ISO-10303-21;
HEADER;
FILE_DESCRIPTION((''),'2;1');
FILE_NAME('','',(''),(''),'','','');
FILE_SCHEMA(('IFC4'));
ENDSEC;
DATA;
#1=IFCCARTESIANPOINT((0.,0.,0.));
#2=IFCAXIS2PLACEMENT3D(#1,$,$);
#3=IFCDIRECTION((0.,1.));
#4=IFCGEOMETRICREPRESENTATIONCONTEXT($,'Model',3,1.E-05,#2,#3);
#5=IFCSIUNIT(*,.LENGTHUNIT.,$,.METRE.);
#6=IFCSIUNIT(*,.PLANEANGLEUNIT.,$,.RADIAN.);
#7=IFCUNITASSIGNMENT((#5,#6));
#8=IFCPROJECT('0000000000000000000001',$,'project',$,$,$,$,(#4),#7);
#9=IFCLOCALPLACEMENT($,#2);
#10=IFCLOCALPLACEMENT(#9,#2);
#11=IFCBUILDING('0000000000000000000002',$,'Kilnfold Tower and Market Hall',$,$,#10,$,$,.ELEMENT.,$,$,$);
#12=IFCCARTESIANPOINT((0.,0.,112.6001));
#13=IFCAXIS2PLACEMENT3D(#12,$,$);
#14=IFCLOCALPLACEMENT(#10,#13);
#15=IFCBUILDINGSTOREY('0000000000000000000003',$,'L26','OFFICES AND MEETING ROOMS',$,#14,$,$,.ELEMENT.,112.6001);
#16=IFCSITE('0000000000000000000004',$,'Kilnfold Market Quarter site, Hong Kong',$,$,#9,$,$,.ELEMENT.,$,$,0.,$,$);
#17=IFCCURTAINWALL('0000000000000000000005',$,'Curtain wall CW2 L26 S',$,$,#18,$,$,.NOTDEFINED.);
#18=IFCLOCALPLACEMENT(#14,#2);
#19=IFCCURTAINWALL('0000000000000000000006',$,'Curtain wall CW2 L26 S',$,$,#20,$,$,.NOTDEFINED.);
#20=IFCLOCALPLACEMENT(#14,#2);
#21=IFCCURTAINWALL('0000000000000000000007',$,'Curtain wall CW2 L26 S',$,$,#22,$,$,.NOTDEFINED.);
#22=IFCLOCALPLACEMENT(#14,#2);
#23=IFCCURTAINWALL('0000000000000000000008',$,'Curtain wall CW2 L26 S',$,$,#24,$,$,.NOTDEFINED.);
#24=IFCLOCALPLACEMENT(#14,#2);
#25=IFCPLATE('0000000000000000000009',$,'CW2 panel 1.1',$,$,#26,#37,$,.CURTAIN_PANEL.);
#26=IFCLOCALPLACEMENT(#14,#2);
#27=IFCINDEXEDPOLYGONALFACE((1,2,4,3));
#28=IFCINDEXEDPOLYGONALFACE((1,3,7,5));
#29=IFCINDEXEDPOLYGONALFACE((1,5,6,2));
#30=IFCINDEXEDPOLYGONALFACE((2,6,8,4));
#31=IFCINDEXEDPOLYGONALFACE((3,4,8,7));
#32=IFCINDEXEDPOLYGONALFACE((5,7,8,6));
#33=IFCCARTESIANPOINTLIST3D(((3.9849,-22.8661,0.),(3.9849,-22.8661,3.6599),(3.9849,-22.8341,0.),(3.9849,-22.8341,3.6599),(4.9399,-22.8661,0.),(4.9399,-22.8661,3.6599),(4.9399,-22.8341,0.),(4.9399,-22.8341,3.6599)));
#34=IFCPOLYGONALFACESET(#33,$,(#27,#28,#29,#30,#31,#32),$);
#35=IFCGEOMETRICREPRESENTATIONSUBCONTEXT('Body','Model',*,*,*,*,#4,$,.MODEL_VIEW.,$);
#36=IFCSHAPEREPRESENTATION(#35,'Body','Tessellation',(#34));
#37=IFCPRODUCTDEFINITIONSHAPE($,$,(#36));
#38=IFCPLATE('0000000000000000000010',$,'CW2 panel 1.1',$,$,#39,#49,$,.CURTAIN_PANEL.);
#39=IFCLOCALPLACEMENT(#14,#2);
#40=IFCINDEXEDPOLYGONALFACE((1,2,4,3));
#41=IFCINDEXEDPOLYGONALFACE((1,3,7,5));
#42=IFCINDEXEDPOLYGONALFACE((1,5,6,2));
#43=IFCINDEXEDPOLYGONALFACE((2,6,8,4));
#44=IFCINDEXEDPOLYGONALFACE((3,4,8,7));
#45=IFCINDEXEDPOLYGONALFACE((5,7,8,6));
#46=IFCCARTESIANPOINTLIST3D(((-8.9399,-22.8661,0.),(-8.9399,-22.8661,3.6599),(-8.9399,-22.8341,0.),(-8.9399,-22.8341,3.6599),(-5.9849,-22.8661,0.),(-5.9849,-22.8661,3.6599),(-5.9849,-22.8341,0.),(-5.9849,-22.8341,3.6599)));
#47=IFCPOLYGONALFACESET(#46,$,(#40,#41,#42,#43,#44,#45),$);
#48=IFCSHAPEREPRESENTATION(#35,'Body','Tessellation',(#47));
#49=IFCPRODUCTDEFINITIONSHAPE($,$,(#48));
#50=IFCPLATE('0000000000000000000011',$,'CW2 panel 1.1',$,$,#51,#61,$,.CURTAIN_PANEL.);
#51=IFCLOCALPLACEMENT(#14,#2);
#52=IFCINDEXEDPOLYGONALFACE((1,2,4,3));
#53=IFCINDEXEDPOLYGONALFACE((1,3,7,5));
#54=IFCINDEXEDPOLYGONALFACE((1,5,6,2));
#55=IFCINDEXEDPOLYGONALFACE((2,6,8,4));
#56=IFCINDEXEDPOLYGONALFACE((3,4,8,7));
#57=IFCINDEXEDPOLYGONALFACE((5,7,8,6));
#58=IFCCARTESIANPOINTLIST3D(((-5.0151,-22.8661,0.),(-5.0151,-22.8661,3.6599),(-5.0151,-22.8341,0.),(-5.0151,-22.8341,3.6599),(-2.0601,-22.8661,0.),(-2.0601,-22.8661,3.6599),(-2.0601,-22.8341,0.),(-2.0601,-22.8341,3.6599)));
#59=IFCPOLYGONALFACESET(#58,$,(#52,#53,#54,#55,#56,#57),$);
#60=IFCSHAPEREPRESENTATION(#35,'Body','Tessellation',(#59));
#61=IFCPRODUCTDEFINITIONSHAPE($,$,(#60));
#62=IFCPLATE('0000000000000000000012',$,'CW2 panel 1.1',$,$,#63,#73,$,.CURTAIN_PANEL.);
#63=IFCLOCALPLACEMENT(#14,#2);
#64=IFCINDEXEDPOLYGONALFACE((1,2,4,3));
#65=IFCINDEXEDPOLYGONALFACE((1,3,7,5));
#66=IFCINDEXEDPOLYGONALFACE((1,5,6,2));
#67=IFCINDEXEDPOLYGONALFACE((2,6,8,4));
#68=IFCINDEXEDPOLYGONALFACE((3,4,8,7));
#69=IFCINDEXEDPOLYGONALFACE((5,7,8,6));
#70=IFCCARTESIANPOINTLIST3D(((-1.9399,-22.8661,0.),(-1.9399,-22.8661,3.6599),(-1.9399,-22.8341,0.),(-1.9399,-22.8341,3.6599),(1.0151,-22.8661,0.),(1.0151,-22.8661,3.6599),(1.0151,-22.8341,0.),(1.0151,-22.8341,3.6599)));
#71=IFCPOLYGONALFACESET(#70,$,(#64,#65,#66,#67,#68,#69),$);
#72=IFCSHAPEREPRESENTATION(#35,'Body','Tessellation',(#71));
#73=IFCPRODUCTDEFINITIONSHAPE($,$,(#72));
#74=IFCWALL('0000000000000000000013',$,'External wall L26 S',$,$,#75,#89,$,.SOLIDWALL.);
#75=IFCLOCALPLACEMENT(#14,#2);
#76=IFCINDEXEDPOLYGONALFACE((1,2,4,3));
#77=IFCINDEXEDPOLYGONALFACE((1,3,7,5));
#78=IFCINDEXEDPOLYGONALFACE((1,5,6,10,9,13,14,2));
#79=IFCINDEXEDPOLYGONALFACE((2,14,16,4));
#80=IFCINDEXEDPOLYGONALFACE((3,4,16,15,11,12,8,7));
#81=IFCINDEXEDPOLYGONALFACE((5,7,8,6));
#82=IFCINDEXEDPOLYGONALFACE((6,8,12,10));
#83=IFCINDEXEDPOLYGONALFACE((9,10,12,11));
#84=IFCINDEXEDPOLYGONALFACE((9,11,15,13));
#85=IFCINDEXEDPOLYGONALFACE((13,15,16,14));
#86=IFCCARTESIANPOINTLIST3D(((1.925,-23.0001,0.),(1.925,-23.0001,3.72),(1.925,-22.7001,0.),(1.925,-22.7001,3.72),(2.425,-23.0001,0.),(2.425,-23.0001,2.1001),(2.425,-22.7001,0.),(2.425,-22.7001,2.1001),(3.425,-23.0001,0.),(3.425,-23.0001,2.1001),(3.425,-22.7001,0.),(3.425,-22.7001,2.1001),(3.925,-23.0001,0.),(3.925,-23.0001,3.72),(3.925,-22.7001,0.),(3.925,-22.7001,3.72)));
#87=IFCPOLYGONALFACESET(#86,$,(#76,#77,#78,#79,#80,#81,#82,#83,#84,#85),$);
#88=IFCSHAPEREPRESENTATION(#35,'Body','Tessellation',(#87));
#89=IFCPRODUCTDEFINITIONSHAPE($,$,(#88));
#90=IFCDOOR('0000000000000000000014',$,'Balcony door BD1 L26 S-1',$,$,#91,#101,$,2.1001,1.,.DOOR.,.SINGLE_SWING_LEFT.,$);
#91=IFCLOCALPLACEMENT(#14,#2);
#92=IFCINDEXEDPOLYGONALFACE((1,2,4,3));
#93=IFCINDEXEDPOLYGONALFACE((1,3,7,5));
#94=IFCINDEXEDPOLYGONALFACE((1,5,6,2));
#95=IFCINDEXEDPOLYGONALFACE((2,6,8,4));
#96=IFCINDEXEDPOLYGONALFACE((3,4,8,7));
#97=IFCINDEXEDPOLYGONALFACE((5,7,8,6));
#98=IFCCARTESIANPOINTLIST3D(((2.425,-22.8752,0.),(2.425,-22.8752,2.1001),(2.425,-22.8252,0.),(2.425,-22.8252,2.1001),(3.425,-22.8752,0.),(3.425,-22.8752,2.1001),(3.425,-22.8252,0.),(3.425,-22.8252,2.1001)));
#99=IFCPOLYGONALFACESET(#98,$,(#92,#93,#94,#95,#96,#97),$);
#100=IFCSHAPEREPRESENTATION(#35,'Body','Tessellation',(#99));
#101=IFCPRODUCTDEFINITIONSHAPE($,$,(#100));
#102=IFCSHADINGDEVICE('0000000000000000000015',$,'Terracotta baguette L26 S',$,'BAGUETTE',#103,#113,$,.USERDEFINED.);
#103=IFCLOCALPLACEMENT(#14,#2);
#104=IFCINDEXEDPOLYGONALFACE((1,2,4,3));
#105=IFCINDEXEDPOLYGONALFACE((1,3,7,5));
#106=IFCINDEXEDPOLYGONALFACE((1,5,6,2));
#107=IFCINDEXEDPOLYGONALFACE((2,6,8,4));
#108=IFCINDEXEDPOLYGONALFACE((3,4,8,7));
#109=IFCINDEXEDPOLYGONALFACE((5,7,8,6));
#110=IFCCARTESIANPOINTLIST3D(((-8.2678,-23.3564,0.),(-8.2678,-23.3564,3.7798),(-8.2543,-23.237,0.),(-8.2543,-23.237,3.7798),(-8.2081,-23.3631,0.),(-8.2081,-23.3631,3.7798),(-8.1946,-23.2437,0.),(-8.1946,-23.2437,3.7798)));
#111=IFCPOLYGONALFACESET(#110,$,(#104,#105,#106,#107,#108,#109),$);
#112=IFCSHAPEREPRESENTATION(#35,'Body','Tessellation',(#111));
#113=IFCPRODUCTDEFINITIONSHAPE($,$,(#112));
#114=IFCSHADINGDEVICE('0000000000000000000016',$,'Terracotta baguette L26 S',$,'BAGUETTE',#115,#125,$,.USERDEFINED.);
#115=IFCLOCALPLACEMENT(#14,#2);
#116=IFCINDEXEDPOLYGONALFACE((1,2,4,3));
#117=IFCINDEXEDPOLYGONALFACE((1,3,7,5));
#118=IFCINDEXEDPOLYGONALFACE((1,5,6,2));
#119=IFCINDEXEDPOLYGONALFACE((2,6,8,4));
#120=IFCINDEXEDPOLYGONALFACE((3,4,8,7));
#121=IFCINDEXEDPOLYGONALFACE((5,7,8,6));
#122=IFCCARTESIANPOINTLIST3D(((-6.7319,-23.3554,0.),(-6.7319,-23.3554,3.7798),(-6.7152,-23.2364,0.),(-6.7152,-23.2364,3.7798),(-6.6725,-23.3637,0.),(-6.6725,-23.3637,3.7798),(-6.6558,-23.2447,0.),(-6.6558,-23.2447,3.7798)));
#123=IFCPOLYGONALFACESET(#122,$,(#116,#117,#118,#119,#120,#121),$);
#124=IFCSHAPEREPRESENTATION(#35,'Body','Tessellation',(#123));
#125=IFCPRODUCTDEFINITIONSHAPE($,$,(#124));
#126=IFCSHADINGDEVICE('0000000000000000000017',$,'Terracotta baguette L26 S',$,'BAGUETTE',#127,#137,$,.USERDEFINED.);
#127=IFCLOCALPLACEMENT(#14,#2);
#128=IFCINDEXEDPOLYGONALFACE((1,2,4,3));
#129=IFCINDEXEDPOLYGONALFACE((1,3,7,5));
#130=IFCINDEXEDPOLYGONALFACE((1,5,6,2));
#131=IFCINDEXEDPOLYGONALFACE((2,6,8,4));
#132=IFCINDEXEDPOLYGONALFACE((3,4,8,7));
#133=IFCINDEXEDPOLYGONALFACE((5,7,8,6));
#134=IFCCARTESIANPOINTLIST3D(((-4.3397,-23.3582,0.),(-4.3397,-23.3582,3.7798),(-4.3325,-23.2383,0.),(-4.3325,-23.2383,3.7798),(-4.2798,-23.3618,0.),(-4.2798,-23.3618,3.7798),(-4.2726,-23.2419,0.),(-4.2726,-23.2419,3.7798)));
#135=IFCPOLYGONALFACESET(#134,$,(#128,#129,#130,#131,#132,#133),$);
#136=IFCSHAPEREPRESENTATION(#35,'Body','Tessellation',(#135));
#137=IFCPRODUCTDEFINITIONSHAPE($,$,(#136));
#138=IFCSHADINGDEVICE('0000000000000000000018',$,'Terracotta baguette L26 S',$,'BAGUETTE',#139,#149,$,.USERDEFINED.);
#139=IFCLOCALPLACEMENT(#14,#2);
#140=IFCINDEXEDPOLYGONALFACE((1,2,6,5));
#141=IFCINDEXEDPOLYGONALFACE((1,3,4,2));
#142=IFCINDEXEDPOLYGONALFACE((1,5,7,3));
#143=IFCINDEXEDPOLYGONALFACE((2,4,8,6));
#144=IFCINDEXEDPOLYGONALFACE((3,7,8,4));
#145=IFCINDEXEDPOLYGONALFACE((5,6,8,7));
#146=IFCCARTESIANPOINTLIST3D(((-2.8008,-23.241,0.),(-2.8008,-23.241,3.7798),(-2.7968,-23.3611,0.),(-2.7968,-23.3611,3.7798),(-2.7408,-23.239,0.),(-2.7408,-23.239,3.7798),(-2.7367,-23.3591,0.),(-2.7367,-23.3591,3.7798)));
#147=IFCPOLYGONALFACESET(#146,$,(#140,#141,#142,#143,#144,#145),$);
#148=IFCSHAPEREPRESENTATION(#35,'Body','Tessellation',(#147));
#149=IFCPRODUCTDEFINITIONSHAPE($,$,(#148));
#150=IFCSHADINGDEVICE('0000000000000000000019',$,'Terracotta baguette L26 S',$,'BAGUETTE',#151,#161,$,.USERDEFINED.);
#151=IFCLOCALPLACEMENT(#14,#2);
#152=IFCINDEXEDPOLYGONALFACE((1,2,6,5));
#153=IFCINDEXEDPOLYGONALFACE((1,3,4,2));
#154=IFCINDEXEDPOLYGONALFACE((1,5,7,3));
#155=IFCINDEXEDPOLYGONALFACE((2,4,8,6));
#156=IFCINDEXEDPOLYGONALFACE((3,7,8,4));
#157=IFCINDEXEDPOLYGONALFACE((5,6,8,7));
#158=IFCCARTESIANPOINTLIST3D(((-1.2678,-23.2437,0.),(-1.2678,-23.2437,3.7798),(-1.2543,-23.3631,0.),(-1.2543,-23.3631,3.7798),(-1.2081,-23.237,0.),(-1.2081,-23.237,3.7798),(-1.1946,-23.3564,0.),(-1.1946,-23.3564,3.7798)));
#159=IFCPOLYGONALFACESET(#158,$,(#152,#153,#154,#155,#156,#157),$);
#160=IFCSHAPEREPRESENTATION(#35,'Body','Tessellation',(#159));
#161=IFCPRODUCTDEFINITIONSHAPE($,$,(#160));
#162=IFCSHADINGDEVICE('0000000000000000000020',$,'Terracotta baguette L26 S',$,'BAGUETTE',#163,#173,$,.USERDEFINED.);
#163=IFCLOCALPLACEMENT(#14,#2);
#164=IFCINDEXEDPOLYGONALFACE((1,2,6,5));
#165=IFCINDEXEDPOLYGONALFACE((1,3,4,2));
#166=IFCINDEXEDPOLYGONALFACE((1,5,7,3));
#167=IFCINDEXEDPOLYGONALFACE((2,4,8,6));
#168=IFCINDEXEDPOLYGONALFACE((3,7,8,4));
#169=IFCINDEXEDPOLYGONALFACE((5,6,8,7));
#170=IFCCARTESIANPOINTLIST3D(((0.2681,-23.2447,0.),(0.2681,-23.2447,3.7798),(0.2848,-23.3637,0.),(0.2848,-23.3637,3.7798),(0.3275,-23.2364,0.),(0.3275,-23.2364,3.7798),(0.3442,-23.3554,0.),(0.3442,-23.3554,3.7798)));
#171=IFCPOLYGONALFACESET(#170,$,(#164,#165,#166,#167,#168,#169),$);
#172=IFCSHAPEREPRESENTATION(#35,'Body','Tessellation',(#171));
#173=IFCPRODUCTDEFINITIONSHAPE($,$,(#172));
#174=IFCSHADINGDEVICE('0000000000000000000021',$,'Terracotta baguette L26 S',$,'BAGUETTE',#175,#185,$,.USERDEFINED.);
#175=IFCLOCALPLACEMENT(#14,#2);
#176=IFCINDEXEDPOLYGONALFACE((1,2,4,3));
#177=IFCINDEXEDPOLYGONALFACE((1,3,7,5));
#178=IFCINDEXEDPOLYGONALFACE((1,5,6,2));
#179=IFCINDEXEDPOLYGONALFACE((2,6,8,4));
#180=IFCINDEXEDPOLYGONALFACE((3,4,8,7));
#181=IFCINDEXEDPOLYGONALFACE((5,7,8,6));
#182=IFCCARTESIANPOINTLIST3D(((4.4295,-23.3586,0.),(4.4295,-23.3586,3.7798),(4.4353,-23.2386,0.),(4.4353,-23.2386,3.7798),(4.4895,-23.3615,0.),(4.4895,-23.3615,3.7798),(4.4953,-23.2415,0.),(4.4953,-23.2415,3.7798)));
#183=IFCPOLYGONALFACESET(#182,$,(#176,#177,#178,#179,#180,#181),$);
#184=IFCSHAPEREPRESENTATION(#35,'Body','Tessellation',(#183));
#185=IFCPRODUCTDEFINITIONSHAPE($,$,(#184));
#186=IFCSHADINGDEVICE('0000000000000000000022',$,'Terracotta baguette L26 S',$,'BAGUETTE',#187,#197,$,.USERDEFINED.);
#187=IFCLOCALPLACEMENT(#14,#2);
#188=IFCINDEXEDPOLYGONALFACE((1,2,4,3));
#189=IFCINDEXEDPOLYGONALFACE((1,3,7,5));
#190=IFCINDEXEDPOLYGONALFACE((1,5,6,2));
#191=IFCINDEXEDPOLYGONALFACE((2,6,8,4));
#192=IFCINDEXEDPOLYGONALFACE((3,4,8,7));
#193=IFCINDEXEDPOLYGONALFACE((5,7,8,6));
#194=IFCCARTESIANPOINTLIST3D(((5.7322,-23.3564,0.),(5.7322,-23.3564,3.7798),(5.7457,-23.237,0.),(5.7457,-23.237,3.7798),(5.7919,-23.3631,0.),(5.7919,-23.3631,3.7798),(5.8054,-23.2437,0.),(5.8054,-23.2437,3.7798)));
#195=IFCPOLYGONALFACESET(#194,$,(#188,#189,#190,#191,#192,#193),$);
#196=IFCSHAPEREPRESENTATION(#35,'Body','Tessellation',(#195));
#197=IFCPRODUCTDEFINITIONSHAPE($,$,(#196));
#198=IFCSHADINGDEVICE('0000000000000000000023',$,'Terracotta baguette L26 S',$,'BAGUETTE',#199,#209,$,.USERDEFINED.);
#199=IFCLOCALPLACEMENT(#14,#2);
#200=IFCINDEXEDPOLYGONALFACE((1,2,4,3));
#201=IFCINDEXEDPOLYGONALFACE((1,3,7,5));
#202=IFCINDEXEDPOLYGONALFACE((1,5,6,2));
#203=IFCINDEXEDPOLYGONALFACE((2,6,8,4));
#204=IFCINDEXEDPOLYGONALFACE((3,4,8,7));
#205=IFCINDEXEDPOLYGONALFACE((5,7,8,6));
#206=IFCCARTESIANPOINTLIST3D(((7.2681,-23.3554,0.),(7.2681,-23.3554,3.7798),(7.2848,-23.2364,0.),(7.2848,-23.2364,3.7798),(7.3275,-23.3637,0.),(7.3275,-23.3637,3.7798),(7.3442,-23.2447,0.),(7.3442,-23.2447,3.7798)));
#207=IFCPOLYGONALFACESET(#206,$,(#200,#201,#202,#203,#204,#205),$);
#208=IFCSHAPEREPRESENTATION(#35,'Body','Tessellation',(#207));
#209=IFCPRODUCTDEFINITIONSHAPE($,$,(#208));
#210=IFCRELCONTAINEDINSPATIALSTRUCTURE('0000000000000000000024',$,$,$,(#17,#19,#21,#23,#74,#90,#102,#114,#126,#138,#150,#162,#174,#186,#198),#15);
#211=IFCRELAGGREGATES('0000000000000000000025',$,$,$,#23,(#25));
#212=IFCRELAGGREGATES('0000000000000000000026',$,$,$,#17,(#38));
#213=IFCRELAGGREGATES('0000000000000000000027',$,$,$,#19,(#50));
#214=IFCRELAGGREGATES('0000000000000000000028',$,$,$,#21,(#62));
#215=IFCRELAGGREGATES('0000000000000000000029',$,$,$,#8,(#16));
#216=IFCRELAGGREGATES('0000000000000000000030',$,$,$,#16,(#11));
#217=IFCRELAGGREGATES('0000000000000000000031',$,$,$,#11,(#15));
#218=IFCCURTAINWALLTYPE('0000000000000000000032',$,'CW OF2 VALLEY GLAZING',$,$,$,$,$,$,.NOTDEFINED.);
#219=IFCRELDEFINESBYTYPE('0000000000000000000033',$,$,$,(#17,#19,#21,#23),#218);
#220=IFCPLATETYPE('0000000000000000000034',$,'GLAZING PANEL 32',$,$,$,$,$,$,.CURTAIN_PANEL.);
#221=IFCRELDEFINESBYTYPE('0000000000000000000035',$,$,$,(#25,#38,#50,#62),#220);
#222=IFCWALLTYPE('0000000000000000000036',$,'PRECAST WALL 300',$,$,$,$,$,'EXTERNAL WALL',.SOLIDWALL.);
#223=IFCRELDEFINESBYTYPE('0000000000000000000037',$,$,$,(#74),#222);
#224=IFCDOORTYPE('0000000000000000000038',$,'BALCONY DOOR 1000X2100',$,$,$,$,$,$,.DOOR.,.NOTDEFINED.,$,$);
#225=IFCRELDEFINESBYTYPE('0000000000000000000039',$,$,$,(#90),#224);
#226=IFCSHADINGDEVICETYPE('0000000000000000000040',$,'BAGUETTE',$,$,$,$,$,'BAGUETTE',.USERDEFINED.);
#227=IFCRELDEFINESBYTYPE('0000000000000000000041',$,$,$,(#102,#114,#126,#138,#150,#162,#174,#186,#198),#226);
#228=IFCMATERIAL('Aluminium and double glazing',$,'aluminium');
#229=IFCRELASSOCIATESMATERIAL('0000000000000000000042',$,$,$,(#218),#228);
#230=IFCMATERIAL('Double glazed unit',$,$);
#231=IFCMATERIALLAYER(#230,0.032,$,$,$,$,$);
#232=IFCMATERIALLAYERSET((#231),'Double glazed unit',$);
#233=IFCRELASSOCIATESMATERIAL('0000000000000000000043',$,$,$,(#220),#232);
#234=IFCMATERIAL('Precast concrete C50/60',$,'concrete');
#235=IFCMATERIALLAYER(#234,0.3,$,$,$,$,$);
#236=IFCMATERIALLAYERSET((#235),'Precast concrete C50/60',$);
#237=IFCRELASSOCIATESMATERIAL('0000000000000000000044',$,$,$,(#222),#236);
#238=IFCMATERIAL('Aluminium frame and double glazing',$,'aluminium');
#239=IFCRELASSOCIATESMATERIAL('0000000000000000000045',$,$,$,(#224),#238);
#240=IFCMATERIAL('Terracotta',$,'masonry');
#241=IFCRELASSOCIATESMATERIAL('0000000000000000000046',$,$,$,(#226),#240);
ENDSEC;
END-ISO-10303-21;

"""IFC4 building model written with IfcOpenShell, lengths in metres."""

from ifc_helpers import new_model, si_unit, direction, frame, frame_2d, origin, origin_2d, place, context, subcontext, project, spatial, rectangle, extrude, source, transform, mapped, material, layer, layer_set, material_profile, profile_set, type_object, element, fill, aggregate, save


model = new_model("IFC4")

# Units and contexts
model_context = context("Model", 3, precision=1e-05, world=origin(), true_north=direction((0.0, 1.0)))
body_context = subcontext(model_context, "Body", "Model", "MODEL_VIEW")
ifc_project = project(units=[si_unit("LENGTHUNIT", "METRE"), si_unit("PLANEANGLEUNIT", "RADIAN")], contexts=[model_context])

# Site, building, storey
site_placement = place(None, origin())
site = spatial("IfcSite", under=ifc_project, at=site_placement, Name="Kilnfold Market Quarter site, Hong Kong", CompositionType="ELEMENT", RefElevation=0.0)
building_placement = place(site_placement, origin())
building = spatial("IfcBuilding", under=site, at=building_placement, Name="Kilnfold Tower and Market Hall", CompositionType="ELEMENT")
storey_placement = place(building_placement, frame((0.0, 0.0, 112.6001)))
storey = spatial("IfcBuildingStorey", under=building, at=storey_placement, Name="L26", Description="OFFICES AND MEETING ROOMS", CompositionType="ELEMENT", Elevation=112.6001)

# Shared definitions
ifc_material_1 = material(Name="Aluminium and double glazing", Category="aluminium")
curtain_wall_type = type_object("IfcCurtainWallType", Name="CW OF2 VALLEY GLAZING", PredefinedType="NOTDEFINED", material=ifc_material_1)

# Curtain walls
curtain_wall_1_placement = place(storey_placement, origin())
curtain_wall_1 = element("IfcCurtainWall", 1, at=curtain_wall_1_placement, inside=storey, type_object=curtain_wall_type, Name="Curtain wall CW2 L26 S", PredefinedType="NOTDEFINED")
curtain_wall_2_placement = place(storey_placement, origin())
curtain_wall_2 = element("IfcCurtainWall", 2, at=curtain_wall_2_placement, inside=storey, type_object=curtain_wall_type, Name="Curtain wall CW2 L26 S", PredefinedType="NOTDEFINED")
curtain_wall_3_placement = place(storey_placement, origin())
curtain_wall_3 = element("IfcCurtainWall", 3, at=curtain_wall_3_placement, inside=storey, type_object=curtain_wall_type, Name="Curtain wall CW2 L26 S", PredefinedType="NOTDEFINED")
curtain_wall_4_placement = place(storey_placement, origin())
curtain_wall_4 = element("IfcCurtainWall", 4, at=curtain_wall_4_placement, inside=storey, type_object=curtain_wall_type, Name="Curtain wall CW2 L26 S", PredefinedType="NOTDEFINED")

# Plates
ifc_material_2 = material(Name="Double glazed unit")
ifc_layer_1 = layer(ifc_material_2, 0.032)
ifc_layer_set_1 = layer_set([ifc_layer_1], Name="Double glazed unit")
plate_type = type_object("IfcPlateType", Name="GLAZING PANEL 32", PredefinedType="CURTAIN_PANEL", material=ifc_layer_set_1)
shared_shape_1 = source(origin(), body_context, "Body", "SweptSolid", [
    extrude(rectangle(XDim=0.9551, YDim=0.032, at=origin_2d()), origin(), (0.0, 0.0, 1.0), 3.6599),
])
plate_1_placement = place(storey_placement, frame((4.4624, -22.8501, 0.0), z_axis=(0.0, 0.0, 1.0), x_axis=(1.0, 0.0, 0.0)))
plate_1 = element("IfcPlate", 5, at=plate_1_placement, type_object=plate_type, Name="CW2 panel 1.1", PredefinedType="CURTAIN_PANEL", context=body_context, shape_type="MappedRepresentation", body=[
    mapped(shared_shape_1, transform((0.0, 0.0, 0.0))),
])
aggregate(curtain_wall_4, [plate_1])
shared_shape_2 = source(origin(), body_context, "Body", "SweptSolid", [
    extrude(rectangle(XDim=2.9551, YDim=0.032, at=origin_2d()), origin(), (0.0, 0.0, 1.0), 3.6599),
])
plate_2_placement = place(storey_placement, frame((-7.4624, -22.8501, 0.0), z_axis=(0.0, 0.0, 1.0), x_axis=(1.0, 0.0, 0.0)))
plate_2 = element("IfcPlate", 6, at=plate_2_placement, type_object=plate_type, Name="CW2 panel 1.1", PredefinedType="CURTAIN_PANEL", context=body_context, shape_type="MappedRepresentation", body=[
    mapped(shared_shape_2, transform((0.0, 0.0, 0.0))),
])
aggregate(curtain_wall_1, [plate_2])
plate_3_placement = place(storey_placement, frame((-3.5376, -22.8501, 0.0), z_axis=(0.0, 0.0, 1.0), x_axis=(1.0, 0.0, 0.0)))
plate_3 = element("IfcPlate", 7, at=plate_3_placement, type_object=plate_type, Name="CW2 panel 1.1", PredefinedType="CURTAIN_PANEL", context=body_context, shape_type="MappedRepresentation", body=[
    mapped(shared_shape_2, transform((0.0, 0.0, 0.0))),
])
aggregate(curtain_wall_2, [plate_3])
plate_4_placement = place(storey_placement, frame((-0.4624, -22.8501, 0.0), z_axis=(0.0, 0.0, 1.0), x_axis=(1.0, 0.0, 0.0)))
plate_4 = element("IfcPlate", 8, at=plate_4_placement, type_object=plate_type, Name="CW2 panel 1.1", PredefinedType="CURTAIN_PANEL", context=body_context, shape_type="MappedRepresentation", body=[
    mapped(shared_shape_2, transform((0.0, 0.0, 0.0))),
])
aggregate(curtain_wall_3, [plate_4])

# Wall, opening, door
ifc_material_3 = material(Name="Precast concrete C50/60", Category="concrete")
ifc_layer_2 = layer(ifc_material_3, 0.3)
ifc_layer_set_2 = layer_set([ifc_layer_2], Name="Precast concrete C50/60")
wall_type = type_object("IfcWallType", Name="PRECAST WALL 300", ElementType="EXTERNAL WALL", PredefinedType="SOLIDWALL", material=ifc_layer_set_2)
shared_shape_3 = source(origin(), body_context, "Body", "SweptSolid", [
    extrude(rectangle(XDim=2.0, YDim=0.3, at=frame_2d((1.0, 0.0))), origin(), (0.0, 0.0, 1.0), 3.72),
])
wall_placement = place(storey_placement, frame((1.925, -22.8501, 0.0), z_axis=(0.0, 0.0, 1.0), x_axis=(1.0, 0.0, 0.0)))
wall = element("IfcWall", 9, at=wall_placement, inside=storey, type_object=wall_type, Name="External wall L26 S", PredefinedType="SOLIDWALL", context=body_context, shape_type="MappedRepresentation", body=[
    mapped(shared_shape_3, transform((0.0, 0.0, 0.0))),
])
opening_placement = place(wall_placement, frame((0.5, 0.0, 0.0)))
opening = element("IfcOpeningElement", 10, at=opening_placement, cuts=wall, PredefinedType="OPENING", context=body_context, shape_type="SweptSolid", body=[
    extrude(rectangle(XDim=1.0, YDim=2.1001, at=frame_2d((0.5, 1.05))), frame((0.0, 0.1602, 0.0), z_axis=(0.0, -1.0, 0.0), x_axis=(1.0, 0.0, 0.0)), (0.0, 0.0, 1.0), 0.3201),
])
ifc_material_4 = material(Name="Aluminium frame and double glazing", Category="aluminium")
door_type = type_object("IfcDoorType", Name="BALCONY DOOR 1000X2100", OperationType="NOTDEFINED", PredefinedType="DOOR", material=ifc_material_4)
door_placement = place(opening_placement, origin())
door = element("IfcDoor", 11, at=door_placement, inside=storey, type_object=door_type, Name="Balcony door BD1 L26 S-1", OperationType="SINGLE_SWING_LEFT", OverallHeight=2.1001, OverallWidth=1.0, PredefinedType="DOOR", context=body_context, shape_type="SweptSolid", body=[
    extrude(rectangle(XDim=1.0, YDim=2.1001, at=frame_2d((0.5, 1.05))), frame((0.0, 0.0249, 0.0), z_axis=(0.0, -1.0, 0.0), x_axis=(1.0, 0.0, 0.0)), (0.0, 0.0, 1.0), 0.05),
])
fill(opening, door)

# Shading devices
ifc_material_5 = material(Name="Terracotta", Category="masonry")
ifc_material_profile_1 = material_profile(ifc_material_5, rectangle(XDim=0.0601, YDim=0.1201, at=origin_2d()), Name="BAG 60x120")
ifc_profile_set_1 = profile_set([ifc_material_profile_1], Name="Terracotta")
shading_device_type = type_object("IfcShadingDeviceType", Name="BAGUETTE", ElementType="BAGUETTE", PredefinedType="USERDEFINED", material=ifc_profile_set_1)
shared_shape_4 = source(origin(), body_context, "Body", "SweptSolid", [
    extrude(rectangle(XDim=0.0601, YDim=0.1201, at=origin_2d()), origin(), (0.0, 0.0, 1.0), 3.7798),
])
for number, where, z_axis, x_axis, name in (
    (12, (-8.2312, -23.3, 0.0), (0.0, 0.0, 1.0), (0.99369, -0.112159, 0.0), "Terracotta baguette L26 S"),
    (13, (-6.6938, -23.3, 0.0), (0.0, 0.0, 1.0), (0.990297, -0.138966, 0.0), "Terracotta baguette L26 S"),
    (14, (-4.3062, -23.3, 0.0), (0.0, 0.0, 1.0), (0.998199, -0.059995, 0.0), "Terracotta baguette L26 S"),
    (15, (-2.7688, -23.3, 0.0), (0.0, 0.0, 1.0), (0.999424, 0.033942, 0.0), "Terracotta baguette L26 S"),
    (16, (-1.2312, -23.3, 0.0), (0.0, 0.0, 1.0), (0.99369, 0.112159, 0.0), "Terracotta baguette L26 S"),
    (17, (0.3062, -23.3, 0.0), (0.0, 0.0, 1.0), (0.990297, 0.138966, 0.0), "Terracotta baguette L26 S"),
    (18, (4.4624, -23.3, 0.0), (0.0, 0.0, 1.0), (0.998858, -0.047779, 0.0), "Terracotta baguette L26 S"),
    (19, (5.7688, -23.3, 0.0), (0.0, 0.0, 1.0), (0.99369, -0.112159, 0.0), "Terracotta baguette L26 S"),
    (20, (7.3062, -23.3, 0.0), (0.0, 0.0, 1.0), (0.990297, -0.138966, 0.0), "Terracotta baguette L26 S"),
):
    element("IfcShadingDevice", number, at=place(storey_placement, frame(where, z_axis=z_axis, x_axis=x_axis)), inside=storey, type_object=shading_device_type, Name=name, ObjectType="BAGUETTE", PredefinedType="USERDEFINED", context=body_context, shape_type="MappedRepresentation", body=[
        mapped(shared_shape_4, transform((0.0, 0.0, 0.0))),
    ])

save(model, "model.ifc")
